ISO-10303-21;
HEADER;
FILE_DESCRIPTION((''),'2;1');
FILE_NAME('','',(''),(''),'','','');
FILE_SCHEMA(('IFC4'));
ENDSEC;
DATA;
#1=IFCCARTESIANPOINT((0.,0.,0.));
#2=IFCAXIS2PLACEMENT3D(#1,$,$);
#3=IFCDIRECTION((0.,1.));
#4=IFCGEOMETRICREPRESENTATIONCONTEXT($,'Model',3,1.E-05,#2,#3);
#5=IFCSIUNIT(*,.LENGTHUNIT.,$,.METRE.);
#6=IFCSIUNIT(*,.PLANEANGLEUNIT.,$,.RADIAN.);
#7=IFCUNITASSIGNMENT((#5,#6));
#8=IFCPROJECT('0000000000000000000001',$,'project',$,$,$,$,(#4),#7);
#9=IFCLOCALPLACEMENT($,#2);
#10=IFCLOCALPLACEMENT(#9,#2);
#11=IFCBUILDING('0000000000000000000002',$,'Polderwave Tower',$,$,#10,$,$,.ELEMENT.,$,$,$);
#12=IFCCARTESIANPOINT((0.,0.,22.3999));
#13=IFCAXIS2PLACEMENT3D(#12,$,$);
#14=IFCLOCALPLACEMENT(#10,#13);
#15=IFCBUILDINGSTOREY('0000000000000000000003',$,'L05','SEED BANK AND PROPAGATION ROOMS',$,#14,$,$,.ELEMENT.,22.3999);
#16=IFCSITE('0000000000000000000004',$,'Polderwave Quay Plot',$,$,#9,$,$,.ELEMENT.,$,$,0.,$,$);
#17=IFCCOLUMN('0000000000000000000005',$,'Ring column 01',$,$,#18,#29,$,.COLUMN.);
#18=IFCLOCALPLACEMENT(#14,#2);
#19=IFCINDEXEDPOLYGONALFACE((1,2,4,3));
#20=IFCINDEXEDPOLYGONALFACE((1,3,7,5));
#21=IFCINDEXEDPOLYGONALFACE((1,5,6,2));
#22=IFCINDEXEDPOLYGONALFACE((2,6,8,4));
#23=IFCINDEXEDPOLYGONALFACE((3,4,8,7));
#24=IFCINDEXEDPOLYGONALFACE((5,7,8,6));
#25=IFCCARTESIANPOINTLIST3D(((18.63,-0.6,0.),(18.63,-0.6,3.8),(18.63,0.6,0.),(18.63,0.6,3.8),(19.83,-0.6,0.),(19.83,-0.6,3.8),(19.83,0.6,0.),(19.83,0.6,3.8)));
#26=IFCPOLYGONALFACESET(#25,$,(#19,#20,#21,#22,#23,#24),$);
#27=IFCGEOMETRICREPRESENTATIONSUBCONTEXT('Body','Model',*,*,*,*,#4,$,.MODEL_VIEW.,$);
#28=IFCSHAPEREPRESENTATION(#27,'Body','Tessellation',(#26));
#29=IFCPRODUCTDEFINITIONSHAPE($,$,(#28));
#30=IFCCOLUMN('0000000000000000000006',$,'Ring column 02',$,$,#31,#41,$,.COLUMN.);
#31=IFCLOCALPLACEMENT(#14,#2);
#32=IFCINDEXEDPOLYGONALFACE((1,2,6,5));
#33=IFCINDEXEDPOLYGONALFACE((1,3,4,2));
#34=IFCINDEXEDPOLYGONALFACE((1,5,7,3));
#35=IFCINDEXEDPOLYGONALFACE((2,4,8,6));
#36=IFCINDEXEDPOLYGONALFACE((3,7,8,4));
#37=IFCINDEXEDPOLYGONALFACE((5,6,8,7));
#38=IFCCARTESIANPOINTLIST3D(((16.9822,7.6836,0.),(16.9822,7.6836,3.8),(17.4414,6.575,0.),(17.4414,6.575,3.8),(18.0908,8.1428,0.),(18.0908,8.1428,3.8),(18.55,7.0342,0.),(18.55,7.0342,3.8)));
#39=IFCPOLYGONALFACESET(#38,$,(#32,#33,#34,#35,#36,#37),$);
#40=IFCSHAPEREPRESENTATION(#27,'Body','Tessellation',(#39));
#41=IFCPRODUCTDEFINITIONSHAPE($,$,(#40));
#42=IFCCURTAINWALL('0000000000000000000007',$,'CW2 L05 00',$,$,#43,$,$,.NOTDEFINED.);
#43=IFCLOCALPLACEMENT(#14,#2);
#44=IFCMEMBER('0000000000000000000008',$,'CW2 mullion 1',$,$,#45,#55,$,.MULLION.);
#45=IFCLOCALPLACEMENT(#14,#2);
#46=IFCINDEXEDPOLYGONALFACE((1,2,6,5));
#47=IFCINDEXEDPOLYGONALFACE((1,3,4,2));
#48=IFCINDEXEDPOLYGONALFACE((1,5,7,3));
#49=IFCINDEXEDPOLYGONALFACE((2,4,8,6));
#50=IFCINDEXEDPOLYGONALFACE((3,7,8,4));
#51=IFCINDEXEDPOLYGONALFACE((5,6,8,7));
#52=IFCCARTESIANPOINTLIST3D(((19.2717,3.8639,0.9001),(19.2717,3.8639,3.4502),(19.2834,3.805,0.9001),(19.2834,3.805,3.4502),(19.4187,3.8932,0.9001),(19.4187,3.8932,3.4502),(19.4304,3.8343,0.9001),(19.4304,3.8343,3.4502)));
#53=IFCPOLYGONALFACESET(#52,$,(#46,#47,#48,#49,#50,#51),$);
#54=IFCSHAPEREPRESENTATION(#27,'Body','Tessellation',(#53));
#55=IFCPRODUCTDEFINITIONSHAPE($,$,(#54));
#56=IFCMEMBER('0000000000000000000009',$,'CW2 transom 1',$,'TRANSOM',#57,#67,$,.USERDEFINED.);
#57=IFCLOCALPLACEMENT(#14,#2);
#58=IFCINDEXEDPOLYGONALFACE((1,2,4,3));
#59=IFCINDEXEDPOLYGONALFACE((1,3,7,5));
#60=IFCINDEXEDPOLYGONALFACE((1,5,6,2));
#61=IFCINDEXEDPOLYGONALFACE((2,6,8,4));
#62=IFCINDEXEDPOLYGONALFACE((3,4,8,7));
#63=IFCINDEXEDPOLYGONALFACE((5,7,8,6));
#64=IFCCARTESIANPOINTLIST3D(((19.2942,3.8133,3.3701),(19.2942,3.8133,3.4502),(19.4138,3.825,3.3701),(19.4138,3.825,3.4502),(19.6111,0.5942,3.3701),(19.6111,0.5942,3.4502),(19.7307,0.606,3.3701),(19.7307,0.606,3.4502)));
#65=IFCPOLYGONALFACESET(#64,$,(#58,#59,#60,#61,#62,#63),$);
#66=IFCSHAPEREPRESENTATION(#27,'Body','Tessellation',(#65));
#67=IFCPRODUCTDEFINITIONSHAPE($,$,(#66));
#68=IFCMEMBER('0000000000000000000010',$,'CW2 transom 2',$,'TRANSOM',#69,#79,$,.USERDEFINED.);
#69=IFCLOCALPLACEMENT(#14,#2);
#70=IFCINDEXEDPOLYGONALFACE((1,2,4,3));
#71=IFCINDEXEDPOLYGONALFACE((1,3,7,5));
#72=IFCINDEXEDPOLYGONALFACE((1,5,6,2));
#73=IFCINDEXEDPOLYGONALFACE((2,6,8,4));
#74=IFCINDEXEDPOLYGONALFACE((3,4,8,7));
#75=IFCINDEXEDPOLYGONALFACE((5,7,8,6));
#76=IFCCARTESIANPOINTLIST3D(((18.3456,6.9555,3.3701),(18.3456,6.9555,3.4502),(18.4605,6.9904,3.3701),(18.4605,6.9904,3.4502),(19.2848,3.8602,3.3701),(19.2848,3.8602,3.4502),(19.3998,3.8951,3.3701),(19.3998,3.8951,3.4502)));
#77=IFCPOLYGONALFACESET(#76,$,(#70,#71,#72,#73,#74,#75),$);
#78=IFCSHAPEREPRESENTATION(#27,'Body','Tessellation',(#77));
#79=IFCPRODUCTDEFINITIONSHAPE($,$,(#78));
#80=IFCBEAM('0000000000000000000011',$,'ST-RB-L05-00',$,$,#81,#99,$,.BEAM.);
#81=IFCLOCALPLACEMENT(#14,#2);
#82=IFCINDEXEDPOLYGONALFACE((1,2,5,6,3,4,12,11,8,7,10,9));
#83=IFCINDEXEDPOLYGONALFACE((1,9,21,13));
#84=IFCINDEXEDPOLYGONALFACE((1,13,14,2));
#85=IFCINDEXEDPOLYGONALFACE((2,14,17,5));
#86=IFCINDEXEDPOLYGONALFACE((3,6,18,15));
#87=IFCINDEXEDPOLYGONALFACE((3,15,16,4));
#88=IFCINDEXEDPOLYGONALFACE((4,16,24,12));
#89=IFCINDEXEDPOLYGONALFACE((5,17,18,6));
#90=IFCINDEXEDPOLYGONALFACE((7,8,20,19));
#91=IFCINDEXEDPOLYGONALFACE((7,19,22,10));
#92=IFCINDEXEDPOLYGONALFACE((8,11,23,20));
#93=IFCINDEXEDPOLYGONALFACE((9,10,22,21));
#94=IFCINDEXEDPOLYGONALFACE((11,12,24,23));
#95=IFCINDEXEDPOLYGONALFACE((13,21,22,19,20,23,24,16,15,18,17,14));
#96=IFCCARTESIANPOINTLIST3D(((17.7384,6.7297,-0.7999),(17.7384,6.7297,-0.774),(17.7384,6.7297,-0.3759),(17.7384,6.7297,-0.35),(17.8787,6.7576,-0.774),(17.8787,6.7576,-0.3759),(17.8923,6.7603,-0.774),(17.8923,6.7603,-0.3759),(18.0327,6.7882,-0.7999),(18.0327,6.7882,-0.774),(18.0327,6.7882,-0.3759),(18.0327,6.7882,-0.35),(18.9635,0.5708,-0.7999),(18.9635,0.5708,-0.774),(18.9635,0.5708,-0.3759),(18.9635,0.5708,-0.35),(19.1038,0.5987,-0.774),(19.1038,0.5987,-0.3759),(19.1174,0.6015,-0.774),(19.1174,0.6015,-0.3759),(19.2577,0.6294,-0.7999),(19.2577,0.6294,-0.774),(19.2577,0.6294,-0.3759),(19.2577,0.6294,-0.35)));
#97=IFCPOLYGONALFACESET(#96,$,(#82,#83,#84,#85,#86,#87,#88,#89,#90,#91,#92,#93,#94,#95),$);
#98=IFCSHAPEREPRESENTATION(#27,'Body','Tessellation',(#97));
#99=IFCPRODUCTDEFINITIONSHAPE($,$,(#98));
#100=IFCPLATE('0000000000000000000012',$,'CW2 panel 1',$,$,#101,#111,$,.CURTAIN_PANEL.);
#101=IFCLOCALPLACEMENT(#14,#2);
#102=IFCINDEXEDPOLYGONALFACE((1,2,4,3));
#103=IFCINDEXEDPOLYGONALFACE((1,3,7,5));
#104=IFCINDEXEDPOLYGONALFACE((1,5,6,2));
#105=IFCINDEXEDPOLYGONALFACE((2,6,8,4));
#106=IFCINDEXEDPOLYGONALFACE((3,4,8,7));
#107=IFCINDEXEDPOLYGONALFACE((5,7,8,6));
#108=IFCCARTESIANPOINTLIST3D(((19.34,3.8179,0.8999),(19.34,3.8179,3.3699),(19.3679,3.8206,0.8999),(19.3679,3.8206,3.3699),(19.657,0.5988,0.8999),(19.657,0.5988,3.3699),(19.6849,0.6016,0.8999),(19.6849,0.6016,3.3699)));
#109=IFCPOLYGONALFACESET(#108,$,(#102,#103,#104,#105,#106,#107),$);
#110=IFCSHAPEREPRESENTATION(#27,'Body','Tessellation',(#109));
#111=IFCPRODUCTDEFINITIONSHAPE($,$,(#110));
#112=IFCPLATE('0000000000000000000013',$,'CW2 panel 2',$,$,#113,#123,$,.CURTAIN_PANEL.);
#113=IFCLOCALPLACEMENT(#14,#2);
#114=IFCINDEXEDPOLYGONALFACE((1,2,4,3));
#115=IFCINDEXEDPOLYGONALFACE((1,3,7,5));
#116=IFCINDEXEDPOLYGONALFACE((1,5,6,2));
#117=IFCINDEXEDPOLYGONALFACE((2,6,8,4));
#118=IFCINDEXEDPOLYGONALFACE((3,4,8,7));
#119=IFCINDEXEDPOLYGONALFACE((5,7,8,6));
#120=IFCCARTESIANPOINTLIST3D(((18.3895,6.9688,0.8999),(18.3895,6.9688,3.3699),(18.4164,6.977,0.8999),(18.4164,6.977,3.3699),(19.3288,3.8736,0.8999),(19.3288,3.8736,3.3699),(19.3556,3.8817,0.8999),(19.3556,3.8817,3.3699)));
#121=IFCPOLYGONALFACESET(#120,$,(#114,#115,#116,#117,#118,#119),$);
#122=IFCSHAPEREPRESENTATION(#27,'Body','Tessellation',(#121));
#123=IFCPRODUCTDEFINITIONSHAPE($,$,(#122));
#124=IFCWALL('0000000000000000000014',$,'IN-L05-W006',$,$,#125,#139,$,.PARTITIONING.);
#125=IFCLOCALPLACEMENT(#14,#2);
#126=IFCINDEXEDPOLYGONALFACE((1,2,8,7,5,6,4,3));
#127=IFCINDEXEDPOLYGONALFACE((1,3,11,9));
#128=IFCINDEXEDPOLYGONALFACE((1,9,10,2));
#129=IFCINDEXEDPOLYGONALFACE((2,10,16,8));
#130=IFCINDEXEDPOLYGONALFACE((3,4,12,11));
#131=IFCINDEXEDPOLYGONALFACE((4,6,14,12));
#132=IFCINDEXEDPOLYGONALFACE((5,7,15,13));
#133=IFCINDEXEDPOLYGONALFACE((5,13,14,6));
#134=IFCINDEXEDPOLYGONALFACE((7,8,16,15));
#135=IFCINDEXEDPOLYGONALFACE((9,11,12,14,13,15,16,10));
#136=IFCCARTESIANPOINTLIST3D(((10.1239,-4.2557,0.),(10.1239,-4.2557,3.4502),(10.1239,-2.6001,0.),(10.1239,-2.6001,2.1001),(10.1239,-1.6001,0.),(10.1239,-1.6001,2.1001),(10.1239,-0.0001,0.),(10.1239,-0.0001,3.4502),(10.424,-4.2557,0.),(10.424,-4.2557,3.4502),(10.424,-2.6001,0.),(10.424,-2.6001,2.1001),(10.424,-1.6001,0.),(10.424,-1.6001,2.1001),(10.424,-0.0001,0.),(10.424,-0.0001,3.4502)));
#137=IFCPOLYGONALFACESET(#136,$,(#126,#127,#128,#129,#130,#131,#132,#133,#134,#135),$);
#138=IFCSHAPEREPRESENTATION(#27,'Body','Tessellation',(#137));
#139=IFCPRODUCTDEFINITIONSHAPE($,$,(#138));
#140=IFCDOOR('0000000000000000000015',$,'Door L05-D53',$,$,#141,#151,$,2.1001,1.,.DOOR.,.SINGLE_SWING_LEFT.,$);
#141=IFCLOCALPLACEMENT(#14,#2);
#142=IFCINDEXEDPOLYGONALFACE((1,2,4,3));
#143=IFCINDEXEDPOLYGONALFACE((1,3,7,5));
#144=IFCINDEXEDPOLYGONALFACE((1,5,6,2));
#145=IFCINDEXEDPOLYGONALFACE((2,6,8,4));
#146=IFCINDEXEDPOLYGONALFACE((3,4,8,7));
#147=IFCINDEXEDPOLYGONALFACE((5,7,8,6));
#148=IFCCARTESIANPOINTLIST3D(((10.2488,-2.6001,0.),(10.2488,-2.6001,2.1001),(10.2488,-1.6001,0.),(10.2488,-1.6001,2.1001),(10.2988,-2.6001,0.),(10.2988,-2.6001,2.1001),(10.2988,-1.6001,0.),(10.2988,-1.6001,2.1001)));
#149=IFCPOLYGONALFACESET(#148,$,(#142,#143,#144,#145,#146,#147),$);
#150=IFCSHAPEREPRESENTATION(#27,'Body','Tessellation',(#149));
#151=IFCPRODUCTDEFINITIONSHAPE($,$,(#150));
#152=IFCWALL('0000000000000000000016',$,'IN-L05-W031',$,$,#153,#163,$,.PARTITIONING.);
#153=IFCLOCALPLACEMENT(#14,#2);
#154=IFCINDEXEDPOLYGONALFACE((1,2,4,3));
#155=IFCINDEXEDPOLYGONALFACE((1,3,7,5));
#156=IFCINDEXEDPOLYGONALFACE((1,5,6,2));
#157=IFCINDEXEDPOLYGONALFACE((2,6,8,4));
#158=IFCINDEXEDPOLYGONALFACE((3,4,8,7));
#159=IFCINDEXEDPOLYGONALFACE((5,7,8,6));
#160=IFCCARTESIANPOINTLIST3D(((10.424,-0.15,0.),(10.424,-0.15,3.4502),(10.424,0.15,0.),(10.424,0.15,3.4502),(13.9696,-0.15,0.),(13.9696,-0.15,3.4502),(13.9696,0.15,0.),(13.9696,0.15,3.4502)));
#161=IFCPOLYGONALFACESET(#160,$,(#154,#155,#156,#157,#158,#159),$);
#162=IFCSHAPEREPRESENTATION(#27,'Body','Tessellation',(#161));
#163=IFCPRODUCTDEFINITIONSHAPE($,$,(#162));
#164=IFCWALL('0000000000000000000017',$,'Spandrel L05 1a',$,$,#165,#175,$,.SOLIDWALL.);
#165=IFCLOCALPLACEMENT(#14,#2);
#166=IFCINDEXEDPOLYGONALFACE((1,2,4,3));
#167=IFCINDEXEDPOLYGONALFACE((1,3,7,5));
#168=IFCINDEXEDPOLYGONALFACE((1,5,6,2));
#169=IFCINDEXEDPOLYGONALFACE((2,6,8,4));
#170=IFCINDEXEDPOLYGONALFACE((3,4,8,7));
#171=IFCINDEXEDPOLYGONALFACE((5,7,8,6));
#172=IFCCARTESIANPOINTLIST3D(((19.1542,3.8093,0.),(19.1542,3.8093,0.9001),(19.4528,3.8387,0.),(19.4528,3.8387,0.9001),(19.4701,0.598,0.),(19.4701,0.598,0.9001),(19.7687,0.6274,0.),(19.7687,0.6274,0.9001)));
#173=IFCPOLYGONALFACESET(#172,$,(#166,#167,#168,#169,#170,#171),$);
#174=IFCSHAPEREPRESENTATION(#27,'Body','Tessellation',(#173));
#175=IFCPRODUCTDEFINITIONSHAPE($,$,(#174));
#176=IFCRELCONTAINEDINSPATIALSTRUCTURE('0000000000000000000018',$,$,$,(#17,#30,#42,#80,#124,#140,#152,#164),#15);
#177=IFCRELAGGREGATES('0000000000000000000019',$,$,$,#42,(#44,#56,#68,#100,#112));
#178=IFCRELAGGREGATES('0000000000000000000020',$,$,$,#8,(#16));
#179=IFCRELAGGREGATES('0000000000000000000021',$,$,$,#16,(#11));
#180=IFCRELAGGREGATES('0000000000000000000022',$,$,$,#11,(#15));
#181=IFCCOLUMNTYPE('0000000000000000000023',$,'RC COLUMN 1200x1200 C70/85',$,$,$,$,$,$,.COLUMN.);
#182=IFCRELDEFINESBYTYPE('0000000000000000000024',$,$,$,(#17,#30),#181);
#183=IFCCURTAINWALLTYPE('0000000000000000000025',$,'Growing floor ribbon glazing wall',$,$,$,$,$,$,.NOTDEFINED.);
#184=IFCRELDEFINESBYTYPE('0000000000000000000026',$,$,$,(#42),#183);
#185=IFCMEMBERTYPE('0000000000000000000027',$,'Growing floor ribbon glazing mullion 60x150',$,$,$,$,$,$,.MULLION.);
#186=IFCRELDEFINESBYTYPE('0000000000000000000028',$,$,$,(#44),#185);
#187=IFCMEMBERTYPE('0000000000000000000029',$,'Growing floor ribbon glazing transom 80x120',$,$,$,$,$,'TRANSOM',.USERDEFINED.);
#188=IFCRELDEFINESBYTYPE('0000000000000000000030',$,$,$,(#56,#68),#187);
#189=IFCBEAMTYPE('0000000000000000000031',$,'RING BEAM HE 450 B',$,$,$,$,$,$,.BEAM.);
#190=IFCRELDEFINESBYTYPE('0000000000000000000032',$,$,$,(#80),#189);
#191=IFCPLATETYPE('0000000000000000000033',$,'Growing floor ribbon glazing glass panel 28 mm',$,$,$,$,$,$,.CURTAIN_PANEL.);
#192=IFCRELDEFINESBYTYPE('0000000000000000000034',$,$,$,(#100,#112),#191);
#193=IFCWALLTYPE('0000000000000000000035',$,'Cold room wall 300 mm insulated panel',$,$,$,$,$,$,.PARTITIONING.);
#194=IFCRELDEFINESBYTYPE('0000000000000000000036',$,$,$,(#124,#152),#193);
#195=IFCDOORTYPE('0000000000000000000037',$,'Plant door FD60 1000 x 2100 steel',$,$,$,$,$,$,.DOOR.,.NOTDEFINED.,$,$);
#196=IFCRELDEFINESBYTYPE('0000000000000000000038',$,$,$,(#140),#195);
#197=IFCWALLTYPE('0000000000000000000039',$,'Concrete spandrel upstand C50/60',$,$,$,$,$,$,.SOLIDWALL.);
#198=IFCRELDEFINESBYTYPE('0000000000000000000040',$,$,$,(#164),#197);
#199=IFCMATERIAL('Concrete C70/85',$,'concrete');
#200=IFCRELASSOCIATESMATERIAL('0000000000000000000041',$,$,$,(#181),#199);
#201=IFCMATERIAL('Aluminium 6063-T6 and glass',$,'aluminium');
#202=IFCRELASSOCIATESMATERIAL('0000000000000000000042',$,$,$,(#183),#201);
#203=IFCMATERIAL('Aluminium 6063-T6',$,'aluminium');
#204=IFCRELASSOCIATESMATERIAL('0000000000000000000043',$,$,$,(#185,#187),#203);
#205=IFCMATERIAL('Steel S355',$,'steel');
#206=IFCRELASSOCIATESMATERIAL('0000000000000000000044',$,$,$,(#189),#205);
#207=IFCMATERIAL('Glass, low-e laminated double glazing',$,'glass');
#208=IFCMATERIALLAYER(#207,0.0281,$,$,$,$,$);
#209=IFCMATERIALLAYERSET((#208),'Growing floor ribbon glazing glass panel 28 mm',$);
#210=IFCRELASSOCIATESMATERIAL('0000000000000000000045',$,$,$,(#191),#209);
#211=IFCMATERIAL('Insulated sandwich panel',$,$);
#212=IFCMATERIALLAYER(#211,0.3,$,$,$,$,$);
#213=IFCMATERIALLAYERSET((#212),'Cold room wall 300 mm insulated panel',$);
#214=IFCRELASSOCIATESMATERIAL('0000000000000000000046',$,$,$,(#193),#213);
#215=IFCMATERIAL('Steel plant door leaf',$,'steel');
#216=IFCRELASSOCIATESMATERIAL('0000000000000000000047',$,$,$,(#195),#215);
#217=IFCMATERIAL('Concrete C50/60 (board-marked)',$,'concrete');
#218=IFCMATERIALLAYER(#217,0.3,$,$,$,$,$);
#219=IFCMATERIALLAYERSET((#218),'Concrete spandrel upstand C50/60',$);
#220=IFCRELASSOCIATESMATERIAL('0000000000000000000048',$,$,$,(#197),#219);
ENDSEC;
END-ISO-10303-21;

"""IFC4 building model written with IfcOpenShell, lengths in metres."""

from ifc_helpers import new_model, si_unit, direction, frame, frame_2d, origin, origin_2d, place, context, subcontext, project, spatial, rectangle, i_section, extrude, material, layer, layer_set, material_profile, profile_set, type_object, element, fill, aggregate, save


model = new_model("IFC4")

# Units and contexts
model_context = context("Model", 3, precision=1e-05, world=origin(), true_north=direction((0.0, 1.0)))
body_context = subcontext(model_context, "Body", "Model", "MODEL_VIEW")
ifc_project = project(units=[si_unit("LENGTHUNIT", "METRE"), si_unit("PLANEANGLEUNIT", "RADIAN")], contexts=[model_context])

# Site, building, storey
site_placement = place(None, origin())
site = spatial("IfcSite", under=ifc_project, at=site_placement, Name="Polderwave Quay Plot", CompositionType="ELEMENT", RefElevation=0.0)
building_placement = place(site_placement, origin())
building = spatial("IfcBuilding", under=site, at=building_placement, Name="Polderwave Tower", CompositionType="ELEMENT")
storey_placement = place(building_placement, frame((0.0, 0.0, 22.3999)))
storey = spatial("IfcBuildingStorey", under=building, at=storey_placement, Name="L05", Description="SEED BANK AND PROPAGATION ROOMS", CompositionType="ELEMENT", Elevation=22.3999)

# Columns
ifc_material_1 = material(Name="Concrete C70/85", Category="concrete")
ifc_material_profile_1 = material_profile(ifc_material_1, rectangle(XDim=1.2, YDim=1.2, at=origin_2d()), Name="RC 1200x1200")
ifc_profile_set_1 = profile_set([ifc_material_profile_1], Name="Concrete C70/85")
column_type = type_object("IfcColumnType", Name="RC COLUMN 1200x1200 C70/85", PredefinedType="COLUMN", material=ifc_profile_set_1)
for number, where, z_axis, x_axis, name in (
    (1, (19.23, 0.0, 0.0), (0.0, 0.0, 1.0), (1.0, 0.0, 0.0), "Ring column 01"),
    (2, (17.7661, 7.3589, 0.0), (0.0, 0.0, 1.0), (0.92388, 0.382683, 0.0), "Ring column 02"),
):
    element("IfcColumn", number, at=place(storey_placement, frame(where, z_axis=z_axis, x_axis=x_axis)), inside=storey, type_object=column_type, Name=name, PredefinedType="COLUMN", context=body_context, shape_type="SweptSolid", body=[
        extrude(rectangle(XDim=1.2, YDim=1.2, at=origin_2d()), origin(), (0.0, 0.0, 1.0), 3.8),
    ])

# Curtain wall, members
ifc_material_2 = material(Name="Aluminium 6063-T6 and glass", Category="aluminium")
curtain_wall_type = type_object("IfcCurtainWallType", Name="Growing floor ribbon glazing wall", PredefinedType="NOTDEFINED", material=ifc_material_2)
curtain_wall_placement = place(storey_placement, origin())
curtain_wall = element("IfcCurtainWall", 3, at=curtain_wall_placement, inside=storey, type_object=curtain_wall_type, Name="CW2 L05 00", PredefinedType="NOTDEFINED")
ifc_material_3 = material(Name="Aluminium 6063-T6", Category="aluminium")
ifc_material_profile_2 = material_profile(ifc_material_3, rectangle(XDim=0.1499, YDim=0.0601, at=origin_2d()), Name="AL 60x150")
ifc_profile_set_2 = profile_set([ifc_material_profile_2], Name="Aluminium 6063-T6")
member_type_1 = type_object("IfcMemberType", Name="Growing floor ribbon glazing mullion 60x150", PredefinedType="MULLION", material=ifc_profile_set_2)
member_1_placement = place(storey_placement, frame((19.3511, 3.8491, 0.9001), z_axis=(0.0, 0.0, 1.0), x_axis=(-0.980775, -0.19514, 0.0)))
member_1 = element("IfcMember", 4, at=member_1_placement, type_object=member_type_1, Name="CW2 mullion 1", PredefinedType="MULLION", context=body_context, shape_type="SweptSolid", body=[
    extrude(rectangle(XDim=0.1499, YDim=0.0601, at=origin_2d()), origin(), (0.0, 0.0, 1.0), 2.55),
])
ifc_material_profile_3 = material_profile(ifc_material_3, rectangle(XDim=0.1201, YDim=0.0801, at=origin_2d()), Name="AL 80x120")
ifc_profile_set_3 = profile_set([ifc_material_profile_3], Name="Aluminium 6063-T6")
member_type_2 = type_object("IfcMemberType", Name="Growing floor ribbon glazing transom 80x120", ElementType="TRANSOM", PredefinedType="USERDEFINED", material=ifc_profile_set_3)
member_2_placement = place(storey_placement, frame((19.6709, 0.6001, 3.4102), z_axis=(-0.097972, 0.995189, 0.0), x_axis=(-0.995189, -0.097972, 0.0)))
member_2 = element("IfcMember", 5, at=member_2_placement, type_object=member_type_2, Name="CW2 transom 1", ObjectType="TRANSOM", PredefinedType="USERDEFINED", context=body_context, shape_type="SweptSolid", body=[
    extrude(rectangle(XDim=0.1201, YDim=0.0801, at=origin_2d()), origin(), (0.0, 0.0, 1.0), 3.2346),
])
member_3_placement = place(storey_placement, frame((19.3423, 3.8777, 3.4102), z_axis=(-0.290366, 0.956916, 0.0), x_axis=(-0.956916, -0.290366, 0.0)))
member_3 = element("IfcMember", 6, at=member_3_placement, type_object=member_type_2, Name="CW2 transom 2", ObjectType="TRANSOM", PredefinedType="USERDEFINED", context=body_context, shape_type="SweptSolid", body=[
    extrude(rectangle(XDim=0.1201, YDim=0.0801, at=origin_2d()), origin(), (0.0, 0.0, 1.0), 3.2346),
])

# Beam
ifc_material_4 = material(Name="Steel S355", Category="steel")
ifc_material_profile_4 = material_profile(ifc_material_4, i_section(OverallWidth=0.3, OverallDepth=0.45, WebThickness=0.0139, FlangeThickness=0.0259, at=origin_2d()), Name="HE 450 B")
ifc_profile_set_4 = profile_set([ifc_material_profile_4], Name="Steel S355")
beam_type = type_object("IfcBeamType", Name="RING BEAM HE 450 B", PredefinedType="BEAM", material=ifc_profile_set_4)
beam_placement = place(storey_placement, frame((19.1106, 0.6001, -0.575), z_axis=(-0.195092, 0.980785, 0.0), x_axis=(-0.980785, -0.195092, 0.0)))
element("IfcBeam", 7, at=beam_placement, inside=storey, type_object=beam_type, Name="ST-RB-L05-00", PredefinedType="BEAM", context=body_context, shape_type="SweptSolid", body=[
    extrude(i_section(OverallWidth=0.3, OverallDepth=0.45, WebThickness=0.0139, FlangeThickness=0.0259, at=origin_2d()), origin(), (0.0, 0.0, 1.0), 6.2795),
])

# Plates
ifc_material_5 = material(Name="Glass, low-e laminated double glazing", Category="glass")
ifc_layer_1 = layer(ifc_material_5, 0.0281)
ifc_layer_set_1 = layer_set([ifc_layer_1], Name="Growing floor ribbon glazing glass panel 28 mm")
plate_type = type_object("IfcPlateType", Name="Growing floor ribbon glazing glass panel 28 mm", PredefinedType="CURTAIN_PANEL", material=ifc_layer_set_1)
plate_1_placement = place(storey_placement, frame((19.5125, 2.2097, 0.8999), z_axis=(0.0, 0.0, 1.0), x_axis=(-0.098017, 0.995185, 0.0)))
plate_1 = element("IfcPlate", 8, at=plate_1_placement, type_object=plate_type, Name="CW2 panel 1", PredefinedType="CURTAIN_PANEL", context=body_context, shape_type="SweptSolid", body=[
    extrude(rectangle(XDim=3.2346, YDim=0.0281, at=origin_2d()), origin(), (0.0, 0.0, 1.0), 2.47),
])
plate_2_placement = place(storey_placement, frame((18.8726, 5.4253, 0.8999), z_axis=(0.0, 0.0, 1.0), x_axis=(-0.290382, 0.956911, 0.0)))
plate_2 = element("IfcPlate", 9, at=plate_2_placement, type_object=plate_type, Name="CW2 panel 2", PredefinedType="CURTAIN_PANEL", context=body_context, shape_type="SweptSolid", body=[
    extrude(rectangle(XDim=3.2346, YDim=0.0281, at=origin_2d()), origin(), (0.0, 0.0, 1.0), 2.47),
])
aggregate(curtain_wall, [member_1, member_2, member_3, plate_1, plate_2])

# Wall, opening, door
ifc_material_6 = material(Name="Insulated sandwich panel")
ifc_layer_2 = layer(ifc_material_6, 0.3)
ifc_layer_set_2 = layer_set([ifc_layer_2], Name="Cold room wall 300 mm insulated panel")
wall_type_1 = type_object("IfcWallType", Name="Cold room wall 300 mm insulated panel", PredefinedType="PARTITIONING", material=ifc_layer_set_2)
wall_1_placement = place(storey_placement, frame((10.2739, 0.0, 0.0), z_axis=(0.0, 0.0, 1.0), x_axis=(0.0, -1.0, 0.0)))
wall_1 = element("IfcWall", 10, at=wall_1_placement, inside=storey, type_object=wall_type_1, Name="IN-L05-W006", PredefinedType="PARTITIONING", context=body_context, shape_type="SweptSolid", body=[
    extrude(rectangle(XDim=4.2556, YDim=0.3, at=frame_2d((2.1279, 0.0))), origin(), (0.0, 0.0, 1.0), 3.4502),
])
opening_1_placement = place(wall_1_placement, frame((1.6001, 0.0, 0.0)))
opening_1 = element("IfcOpeningElement", 11, at=opening_1_placement, cuts=wall_1, PredefinedType="OPENING", context=body_context, shape_type="SweptSolid", body=[
    extrude(rectangle(XDim=1.0, YDim=2.1001, at=frame_2d((0.5, 1.05))), frame((0.0, 0.1599, 0.0), z_axis=(0.0, -1.0, 0.0), x_axis=(1.0, 0.0, 0.0)), (0.0, 0.0, 1.0), 0.3201),
])
ifc_material_7 = material(Name="Steel plant door leaf", Category="steel")
door_type_1 = type_object("IfcDoorType", Name="Plant door FD60 1000 x 2100 steel", OperationType="NOTDEFINED", PredefinedType="DOOR", material=ifc_material_7)
door_1_placement = place(opening_1_placement, origin())
door_1 = element("IfcDoor", 12, at=door_1_placement, inside=storey, type_object=door_type_1, Name="Door L05-D53", OperationType="SINGLE_SWING_LEFT", OverallHeight=2.1001, OverallWidth=1.0, PredefinedType="DOOR", context=body_context, shape_type="SweptSolid", body=[
    extrude(rectangle(XDim=1.0, YDim=2.1001, at=frame_2d((0.5, 1.05))), frame((0.0, 0.0249, 0.0), z_axis=(0.0, -1.0, 0.0), x_axis=(1.0, 0.0, 0.0)), (0.0, 0.0, 1.0), 0.05),
])
fill(opening_1, door_1)

# Walls
wall_2_placement = place(storey_placement, frame((13.9697, 0.0, 0.0), z_axis=(0.0, 0.0, 1.0), x_axis=(-1.0, 0.0, 0.0)))
element("IfcWall", 13, at=wall_2_placement, inside=storey, type_object=wall_type_1, Name="IN-L05-W031", PredefinedType="PARTITIONING", context=body_context, shape_type="SweptSolid", body=[
    extrude(rectangle(XDim=3.5457, YDim=0.3, at=frame_2d((1.7729, 0.0))), origin(), (0.0, 0.0, 1.0), 3.4502),
])
ifc_material_8 = material(Name="Concrete C50/60 (board-marked)", Category="concrete")
ifc_layer_3 = layer(ifc_material_8, 0.3)
ifc_layer_set_3 = layer_set([ifc_layer_3], Name="Concrete spandrel upstand C50/60")
wall_type_2 = type_object("IfcWallType", Name="Concrete spandrel upstand C50/60", PredefinedType="SOLIDWALL", material=ifc_layer_set_3)
wall_3_placement = place(storey_placement, frame((19.6194, 0.6128, 0.0), z_axis=(0.0, 0.0, 1.0), x_axis=(-0.097901, 0.995196, 0.0)))
element("IfcWall", 14, at=wall_3_placement, inside=storey, type_object=wall_type_2, Name="Spandrel L05 1a", PredefinedType="SOLIDWALL", context=body_context, shape_type="SweptSolid", body=[
    extrude(rectangle(XDim=3.2268, YDim=0.3, at=frame_2d((1.6133, 0.0))), origin(), (0.0, 0.0, 1.0), 0.9001),
])

save(model, "model.ifc")
